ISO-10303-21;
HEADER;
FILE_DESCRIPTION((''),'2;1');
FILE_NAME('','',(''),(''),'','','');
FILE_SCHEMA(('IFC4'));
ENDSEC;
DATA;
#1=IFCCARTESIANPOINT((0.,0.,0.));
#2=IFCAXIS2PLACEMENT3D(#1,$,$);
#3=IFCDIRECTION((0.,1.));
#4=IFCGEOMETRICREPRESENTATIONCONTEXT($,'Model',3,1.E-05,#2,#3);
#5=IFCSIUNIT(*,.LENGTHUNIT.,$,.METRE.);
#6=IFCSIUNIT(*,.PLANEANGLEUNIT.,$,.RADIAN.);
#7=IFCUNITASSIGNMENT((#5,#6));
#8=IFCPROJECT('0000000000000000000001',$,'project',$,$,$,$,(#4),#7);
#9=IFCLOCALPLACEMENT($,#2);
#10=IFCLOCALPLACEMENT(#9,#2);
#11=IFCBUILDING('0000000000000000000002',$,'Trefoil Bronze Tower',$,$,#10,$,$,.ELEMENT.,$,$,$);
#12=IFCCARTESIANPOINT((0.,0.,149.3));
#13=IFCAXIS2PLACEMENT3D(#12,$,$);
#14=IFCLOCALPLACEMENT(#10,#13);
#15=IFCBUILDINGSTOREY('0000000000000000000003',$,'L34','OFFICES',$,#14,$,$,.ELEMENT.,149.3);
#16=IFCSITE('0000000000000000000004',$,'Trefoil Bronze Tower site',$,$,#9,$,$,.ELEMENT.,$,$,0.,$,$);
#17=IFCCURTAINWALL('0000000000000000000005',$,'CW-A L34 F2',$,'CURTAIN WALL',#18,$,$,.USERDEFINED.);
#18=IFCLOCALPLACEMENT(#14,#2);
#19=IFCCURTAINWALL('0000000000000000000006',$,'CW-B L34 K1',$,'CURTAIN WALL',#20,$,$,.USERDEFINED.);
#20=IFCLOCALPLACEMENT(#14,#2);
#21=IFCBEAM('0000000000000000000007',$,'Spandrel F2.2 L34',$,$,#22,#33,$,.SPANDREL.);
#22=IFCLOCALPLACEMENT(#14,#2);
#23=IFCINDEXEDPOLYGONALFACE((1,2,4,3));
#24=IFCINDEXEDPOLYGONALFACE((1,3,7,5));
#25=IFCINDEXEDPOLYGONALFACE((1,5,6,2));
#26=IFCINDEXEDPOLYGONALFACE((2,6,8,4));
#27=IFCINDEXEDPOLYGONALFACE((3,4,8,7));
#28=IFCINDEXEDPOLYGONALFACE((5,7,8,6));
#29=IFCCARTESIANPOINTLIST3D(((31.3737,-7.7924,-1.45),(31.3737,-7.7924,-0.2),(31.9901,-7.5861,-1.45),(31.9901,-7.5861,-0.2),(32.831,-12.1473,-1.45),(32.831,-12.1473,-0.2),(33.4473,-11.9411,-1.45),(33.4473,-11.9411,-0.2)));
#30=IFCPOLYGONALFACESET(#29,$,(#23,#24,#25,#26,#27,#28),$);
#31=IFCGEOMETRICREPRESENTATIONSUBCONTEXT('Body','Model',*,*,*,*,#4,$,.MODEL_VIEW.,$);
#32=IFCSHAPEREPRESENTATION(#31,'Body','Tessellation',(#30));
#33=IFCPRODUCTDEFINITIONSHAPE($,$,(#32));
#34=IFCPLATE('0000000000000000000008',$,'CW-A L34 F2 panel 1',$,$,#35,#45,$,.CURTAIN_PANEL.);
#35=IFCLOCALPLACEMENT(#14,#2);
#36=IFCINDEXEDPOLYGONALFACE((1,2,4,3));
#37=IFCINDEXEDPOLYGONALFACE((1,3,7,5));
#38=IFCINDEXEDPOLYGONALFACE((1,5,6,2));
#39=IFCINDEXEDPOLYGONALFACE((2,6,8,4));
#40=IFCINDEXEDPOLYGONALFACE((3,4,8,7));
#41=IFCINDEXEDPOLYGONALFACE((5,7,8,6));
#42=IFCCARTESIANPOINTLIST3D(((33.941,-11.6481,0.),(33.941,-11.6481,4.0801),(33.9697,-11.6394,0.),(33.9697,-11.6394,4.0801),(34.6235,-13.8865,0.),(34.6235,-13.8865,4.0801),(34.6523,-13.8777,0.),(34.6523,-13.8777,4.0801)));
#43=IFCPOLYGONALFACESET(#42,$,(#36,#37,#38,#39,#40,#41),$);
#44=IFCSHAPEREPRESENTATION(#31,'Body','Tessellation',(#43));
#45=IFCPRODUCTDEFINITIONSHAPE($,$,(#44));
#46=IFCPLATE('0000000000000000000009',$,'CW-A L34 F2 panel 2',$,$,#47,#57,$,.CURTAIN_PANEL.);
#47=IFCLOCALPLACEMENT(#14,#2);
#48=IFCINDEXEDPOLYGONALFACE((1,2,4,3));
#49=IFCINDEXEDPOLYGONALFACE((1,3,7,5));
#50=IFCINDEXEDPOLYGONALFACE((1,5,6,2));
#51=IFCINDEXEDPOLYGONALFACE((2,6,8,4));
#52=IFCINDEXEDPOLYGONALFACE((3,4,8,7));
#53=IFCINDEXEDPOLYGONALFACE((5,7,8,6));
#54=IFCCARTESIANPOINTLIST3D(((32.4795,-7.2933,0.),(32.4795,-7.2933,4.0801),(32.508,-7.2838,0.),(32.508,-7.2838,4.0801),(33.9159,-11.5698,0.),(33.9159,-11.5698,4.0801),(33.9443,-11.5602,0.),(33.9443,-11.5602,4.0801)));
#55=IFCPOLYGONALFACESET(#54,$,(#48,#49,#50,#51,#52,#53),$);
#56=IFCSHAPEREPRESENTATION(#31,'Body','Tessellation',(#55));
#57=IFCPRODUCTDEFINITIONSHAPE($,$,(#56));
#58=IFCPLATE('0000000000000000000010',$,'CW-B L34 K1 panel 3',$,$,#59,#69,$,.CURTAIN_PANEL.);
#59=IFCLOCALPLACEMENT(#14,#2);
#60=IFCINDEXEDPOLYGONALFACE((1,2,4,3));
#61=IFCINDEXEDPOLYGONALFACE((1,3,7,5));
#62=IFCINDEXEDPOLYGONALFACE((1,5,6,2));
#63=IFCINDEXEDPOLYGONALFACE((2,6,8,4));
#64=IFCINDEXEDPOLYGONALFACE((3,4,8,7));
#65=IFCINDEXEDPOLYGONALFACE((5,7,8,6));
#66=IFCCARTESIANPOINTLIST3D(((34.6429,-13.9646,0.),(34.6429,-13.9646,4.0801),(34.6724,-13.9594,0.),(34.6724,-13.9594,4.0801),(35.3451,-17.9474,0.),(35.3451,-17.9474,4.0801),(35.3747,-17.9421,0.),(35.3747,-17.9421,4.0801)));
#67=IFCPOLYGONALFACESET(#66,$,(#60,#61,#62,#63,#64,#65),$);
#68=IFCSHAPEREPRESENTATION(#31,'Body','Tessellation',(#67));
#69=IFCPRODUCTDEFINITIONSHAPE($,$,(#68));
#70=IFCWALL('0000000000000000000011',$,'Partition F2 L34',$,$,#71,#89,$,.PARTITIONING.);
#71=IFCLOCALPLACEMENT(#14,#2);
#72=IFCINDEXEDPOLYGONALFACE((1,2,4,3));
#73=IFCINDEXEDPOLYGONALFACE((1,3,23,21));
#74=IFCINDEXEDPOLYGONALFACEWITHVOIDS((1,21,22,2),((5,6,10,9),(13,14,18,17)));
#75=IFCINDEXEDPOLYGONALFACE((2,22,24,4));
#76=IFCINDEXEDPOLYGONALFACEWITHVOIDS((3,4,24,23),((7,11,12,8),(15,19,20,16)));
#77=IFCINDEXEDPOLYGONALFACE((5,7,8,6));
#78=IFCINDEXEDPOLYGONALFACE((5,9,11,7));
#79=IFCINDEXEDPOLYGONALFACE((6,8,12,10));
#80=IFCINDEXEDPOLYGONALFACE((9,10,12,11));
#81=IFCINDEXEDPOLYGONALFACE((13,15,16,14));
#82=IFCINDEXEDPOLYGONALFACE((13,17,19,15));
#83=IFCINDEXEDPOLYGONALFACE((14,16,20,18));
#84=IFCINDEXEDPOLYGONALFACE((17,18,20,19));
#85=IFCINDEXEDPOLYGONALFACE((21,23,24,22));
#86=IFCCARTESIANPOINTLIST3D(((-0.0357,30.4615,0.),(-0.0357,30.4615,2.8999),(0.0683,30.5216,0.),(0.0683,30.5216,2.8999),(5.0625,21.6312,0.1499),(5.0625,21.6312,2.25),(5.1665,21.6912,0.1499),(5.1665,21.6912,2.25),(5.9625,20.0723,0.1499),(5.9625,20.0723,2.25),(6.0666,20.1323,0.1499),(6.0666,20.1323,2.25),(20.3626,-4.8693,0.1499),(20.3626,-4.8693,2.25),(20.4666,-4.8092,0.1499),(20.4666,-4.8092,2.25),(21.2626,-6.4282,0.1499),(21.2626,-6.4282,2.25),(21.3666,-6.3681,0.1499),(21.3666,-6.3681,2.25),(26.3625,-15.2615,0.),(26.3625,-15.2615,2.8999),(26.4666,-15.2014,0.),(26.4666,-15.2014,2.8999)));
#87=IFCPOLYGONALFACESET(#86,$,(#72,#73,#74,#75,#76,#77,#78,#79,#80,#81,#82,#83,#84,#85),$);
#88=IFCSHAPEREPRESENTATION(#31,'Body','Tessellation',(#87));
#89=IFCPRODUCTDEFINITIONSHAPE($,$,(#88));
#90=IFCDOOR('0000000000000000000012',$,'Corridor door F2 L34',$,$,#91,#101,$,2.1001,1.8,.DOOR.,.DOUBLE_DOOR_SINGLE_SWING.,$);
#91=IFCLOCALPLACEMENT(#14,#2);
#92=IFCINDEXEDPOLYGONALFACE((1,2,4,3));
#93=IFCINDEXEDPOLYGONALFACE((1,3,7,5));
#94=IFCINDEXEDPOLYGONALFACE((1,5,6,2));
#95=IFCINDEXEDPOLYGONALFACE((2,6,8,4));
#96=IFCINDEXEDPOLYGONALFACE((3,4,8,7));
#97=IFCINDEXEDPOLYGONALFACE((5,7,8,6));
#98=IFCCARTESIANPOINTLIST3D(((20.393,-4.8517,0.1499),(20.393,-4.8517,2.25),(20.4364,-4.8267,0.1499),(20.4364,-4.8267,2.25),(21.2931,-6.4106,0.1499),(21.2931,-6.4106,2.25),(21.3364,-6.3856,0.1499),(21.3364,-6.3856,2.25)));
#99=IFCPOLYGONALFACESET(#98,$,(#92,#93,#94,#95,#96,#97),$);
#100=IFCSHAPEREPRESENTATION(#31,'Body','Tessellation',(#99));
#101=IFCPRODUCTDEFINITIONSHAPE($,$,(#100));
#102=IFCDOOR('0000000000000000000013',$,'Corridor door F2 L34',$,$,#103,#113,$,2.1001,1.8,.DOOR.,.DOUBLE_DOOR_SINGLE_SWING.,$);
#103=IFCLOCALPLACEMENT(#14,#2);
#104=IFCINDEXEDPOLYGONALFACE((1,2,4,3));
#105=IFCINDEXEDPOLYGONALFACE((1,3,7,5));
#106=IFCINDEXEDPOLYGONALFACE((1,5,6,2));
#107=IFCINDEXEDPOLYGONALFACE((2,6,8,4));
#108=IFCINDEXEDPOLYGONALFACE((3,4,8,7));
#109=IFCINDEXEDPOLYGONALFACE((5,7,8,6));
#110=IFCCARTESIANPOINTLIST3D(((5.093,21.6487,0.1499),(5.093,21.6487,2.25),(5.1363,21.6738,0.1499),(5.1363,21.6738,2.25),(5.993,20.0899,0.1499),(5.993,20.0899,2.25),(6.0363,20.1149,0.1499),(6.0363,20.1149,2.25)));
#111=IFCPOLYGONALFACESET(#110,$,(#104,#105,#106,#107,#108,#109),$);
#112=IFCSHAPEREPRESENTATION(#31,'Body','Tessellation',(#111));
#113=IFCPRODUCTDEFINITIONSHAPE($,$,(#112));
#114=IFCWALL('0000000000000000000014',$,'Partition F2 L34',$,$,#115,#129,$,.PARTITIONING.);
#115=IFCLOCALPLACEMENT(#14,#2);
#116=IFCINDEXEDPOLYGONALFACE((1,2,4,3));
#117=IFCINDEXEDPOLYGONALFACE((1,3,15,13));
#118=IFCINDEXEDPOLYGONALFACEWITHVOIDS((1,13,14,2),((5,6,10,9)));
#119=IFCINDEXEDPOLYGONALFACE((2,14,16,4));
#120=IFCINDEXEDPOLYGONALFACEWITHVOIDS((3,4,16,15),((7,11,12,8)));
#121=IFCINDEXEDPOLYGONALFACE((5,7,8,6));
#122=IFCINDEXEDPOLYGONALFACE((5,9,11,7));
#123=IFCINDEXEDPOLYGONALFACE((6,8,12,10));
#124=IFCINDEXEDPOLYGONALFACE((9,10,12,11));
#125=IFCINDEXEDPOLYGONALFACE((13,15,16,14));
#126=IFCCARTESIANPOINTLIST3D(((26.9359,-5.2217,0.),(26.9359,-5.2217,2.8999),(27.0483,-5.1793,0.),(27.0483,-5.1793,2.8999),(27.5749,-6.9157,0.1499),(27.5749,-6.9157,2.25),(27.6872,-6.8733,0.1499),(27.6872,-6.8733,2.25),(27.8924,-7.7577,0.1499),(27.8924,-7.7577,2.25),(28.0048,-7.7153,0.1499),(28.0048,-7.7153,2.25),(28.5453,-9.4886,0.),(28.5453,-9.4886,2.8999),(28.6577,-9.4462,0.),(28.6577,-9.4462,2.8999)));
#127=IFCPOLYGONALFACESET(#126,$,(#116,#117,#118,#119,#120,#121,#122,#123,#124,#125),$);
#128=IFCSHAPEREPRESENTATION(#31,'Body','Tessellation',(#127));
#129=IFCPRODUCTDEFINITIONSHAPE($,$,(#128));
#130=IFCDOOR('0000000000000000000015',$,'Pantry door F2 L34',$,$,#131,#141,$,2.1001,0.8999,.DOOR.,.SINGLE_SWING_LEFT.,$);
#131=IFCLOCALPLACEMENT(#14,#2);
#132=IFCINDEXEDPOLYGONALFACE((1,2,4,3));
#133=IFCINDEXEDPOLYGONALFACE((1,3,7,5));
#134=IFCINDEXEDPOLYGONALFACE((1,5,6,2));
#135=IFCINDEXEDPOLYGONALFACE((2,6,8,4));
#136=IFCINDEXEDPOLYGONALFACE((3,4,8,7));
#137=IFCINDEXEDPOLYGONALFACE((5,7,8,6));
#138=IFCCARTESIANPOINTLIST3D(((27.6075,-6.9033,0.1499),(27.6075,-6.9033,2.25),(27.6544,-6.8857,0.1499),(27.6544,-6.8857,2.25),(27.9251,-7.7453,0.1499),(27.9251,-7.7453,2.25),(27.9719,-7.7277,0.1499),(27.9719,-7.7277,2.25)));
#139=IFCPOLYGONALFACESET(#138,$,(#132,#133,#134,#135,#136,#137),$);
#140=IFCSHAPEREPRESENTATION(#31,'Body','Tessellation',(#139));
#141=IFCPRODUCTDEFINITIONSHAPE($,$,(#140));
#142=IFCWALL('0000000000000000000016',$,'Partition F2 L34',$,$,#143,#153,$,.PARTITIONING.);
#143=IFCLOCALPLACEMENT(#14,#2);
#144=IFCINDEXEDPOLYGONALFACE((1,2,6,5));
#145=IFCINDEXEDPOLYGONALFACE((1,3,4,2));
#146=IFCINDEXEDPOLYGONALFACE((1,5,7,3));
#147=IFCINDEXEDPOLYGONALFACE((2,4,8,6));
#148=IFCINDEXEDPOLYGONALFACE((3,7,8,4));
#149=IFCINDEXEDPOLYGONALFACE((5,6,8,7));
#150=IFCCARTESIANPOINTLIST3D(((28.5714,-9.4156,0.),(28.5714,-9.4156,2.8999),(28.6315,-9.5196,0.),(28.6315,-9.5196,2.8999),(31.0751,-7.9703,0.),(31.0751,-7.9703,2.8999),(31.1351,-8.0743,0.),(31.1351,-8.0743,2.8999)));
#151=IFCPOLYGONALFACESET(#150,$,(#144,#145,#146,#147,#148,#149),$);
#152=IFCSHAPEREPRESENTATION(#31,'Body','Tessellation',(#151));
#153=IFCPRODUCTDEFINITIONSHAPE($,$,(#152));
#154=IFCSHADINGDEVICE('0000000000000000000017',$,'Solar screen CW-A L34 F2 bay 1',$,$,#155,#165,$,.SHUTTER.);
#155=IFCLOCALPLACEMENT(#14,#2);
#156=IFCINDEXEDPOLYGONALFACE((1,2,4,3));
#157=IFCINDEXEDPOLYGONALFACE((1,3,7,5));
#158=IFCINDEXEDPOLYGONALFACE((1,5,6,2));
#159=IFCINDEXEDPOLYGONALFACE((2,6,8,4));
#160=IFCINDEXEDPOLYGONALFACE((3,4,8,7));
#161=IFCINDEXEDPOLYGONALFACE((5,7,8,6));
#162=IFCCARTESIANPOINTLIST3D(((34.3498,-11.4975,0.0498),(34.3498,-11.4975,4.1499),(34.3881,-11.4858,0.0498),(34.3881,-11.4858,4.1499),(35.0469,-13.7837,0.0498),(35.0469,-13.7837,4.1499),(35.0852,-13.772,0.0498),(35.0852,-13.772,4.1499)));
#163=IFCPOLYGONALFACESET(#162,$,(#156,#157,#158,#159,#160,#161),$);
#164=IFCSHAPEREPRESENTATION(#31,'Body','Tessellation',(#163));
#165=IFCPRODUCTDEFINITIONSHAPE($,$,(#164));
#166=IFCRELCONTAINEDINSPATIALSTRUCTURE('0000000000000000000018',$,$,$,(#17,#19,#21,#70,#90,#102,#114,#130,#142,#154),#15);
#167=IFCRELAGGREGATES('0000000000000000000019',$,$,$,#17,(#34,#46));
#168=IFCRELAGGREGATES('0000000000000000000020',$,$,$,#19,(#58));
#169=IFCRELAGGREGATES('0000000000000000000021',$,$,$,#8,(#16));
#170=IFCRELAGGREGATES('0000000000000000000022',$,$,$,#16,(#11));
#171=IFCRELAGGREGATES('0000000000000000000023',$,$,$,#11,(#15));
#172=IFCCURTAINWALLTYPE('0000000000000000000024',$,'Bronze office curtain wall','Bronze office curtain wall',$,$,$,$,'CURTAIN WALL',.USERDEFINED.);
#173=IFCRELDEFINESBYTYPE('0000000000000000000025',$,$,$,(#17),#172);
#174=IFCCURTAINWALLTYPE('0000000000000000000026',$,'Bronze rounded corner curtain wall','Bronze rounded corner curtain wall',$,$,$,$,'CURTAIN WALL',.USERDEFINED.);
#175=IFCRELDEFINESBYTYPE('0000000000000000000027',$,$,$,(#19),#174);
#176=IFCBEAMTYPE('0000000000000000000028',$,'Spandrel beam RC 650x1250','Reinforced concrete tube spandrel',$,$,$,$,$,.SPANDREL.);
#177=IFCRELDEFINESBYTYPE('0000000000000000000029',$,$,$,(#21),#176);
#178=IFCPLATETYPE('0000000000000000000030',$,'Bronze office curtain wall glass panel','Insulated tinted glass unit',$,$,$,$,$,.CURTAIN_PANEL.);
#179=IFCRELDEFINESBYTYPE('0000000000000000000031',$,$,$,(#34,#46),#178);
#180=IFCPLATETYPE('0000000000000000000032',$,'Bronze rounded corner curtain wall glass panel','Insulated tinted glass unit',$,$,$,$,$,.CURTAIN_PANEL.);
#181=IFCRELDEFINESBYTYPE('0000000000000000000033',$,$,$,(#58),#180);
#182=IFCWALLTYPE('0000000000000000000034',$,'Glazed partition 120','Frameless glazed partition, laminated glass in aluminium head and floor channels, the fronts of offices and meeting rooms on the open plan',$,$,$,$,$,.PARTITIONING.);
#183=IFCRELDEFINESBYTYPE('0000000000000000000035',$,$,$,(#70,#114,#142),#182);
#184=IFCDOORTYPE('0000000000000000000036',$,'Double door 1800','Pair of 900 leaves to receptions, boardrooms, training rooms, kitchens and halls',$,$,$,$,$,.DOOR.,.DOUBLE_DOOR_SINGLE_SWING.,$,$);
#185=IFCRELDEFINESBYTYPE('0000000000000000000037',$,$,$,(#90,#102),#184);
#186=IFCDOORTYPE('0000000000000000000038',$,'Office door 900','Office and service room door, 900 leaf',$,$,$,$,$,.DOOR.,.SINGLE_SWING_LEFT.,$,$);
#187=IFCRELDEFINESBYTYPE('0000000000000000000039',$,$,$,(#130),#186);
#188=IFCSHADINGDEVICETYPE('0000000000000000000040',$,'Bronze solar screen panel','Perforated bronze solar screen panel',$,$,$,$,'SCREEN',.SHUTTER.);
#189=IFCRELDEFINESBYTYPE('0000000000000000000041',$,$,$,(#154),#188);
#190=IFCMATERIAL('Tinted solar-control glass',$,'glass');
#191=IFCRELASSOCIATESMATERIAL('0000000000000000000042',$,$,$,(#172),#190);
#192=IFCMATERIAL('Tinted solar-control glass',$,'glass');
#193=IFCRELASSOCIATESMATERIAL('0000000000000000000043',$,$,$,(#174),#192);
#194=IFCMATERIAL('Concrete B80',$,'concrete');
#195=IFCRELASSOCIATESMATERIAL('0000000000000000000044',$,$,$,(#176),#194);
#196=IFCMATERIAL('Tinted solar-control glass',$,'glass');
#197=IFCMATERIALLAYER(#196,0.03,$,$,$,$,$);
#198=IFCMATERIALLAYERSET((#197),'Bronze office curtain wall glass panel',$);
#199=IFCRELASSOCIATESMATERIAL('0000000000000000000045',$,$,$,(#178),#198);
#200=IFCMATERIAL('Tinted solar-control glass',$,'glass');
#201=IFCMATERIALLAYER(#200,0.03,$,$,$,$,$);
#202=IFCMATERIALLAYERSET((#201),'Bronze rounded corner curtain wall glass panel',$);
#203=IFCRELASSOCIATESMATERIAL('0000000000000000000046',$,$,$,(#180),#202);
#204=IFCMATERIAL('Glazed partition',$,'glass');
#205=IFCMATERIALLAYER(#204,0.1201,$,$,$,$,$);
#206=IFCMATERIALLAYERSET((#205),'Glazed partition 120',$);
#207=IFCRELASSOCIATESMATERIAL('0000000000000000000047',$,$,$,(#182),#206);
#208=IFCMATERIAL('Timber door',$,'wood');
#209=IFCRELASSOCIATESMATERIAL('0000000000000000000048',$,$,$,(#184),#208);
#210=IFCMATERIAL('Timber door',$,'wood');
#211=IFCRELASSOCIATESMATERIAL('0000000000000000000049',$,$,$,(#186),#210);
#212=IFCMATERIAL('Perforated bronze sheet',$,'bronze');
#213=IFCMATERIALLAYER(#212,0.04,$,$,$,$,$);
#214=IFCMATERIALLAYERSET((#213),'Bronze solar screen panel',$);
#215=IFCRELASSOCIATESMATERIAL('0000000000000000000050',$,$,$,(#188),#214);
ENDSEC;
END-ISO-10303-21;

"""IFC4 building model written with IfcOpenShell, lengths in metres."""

from ifc_helpers import new_model, si_unit, direction, frame, frame_2d, origin, origin_2d, place, context, subcontext, project, spatial, rectangle, extrude, material, layer, layer_set, material_profile, profile_set, type_object, element, fill, aggregate, save


model = new_model("IFC4")

# Units and contexts
model_context = context("Model", 3, precision=1e-05, world=origin(), true_north=direction((0.0, 1.0)))
body_context = subcontext(model_context, "Body", "Model", "MODEL_VIEW")
ifc_project = project(units=[si_unit("LENGTHUNIT", "METRE"), si_unit("PLANEANGLEUNIT", "RADIAN")], contexts=[model_context])

# Site, building, storey
site_placement = place(None, origin())
site = spatial("IfcSite", under=ifc_project, at=site_placement, Name="Trefoil Bronze Tower site", CompositionType="ELEMENT", RefElevation=0.0)
building_placement = place(site_placement, origin())
building = spatial("IfcBuilding", under=site, at=building_placement, Name="Trefoil Bronze Tower", CompositionType="ELEMENT")
storey_placement = place(building_placement, frame((0.0, 0.0, 149.3)))
storey = spatial("IfcBuildingStorey", under=building, at=storey_placement, Name="L34", Description="OFFICES", CompositionType="ELEMENT", Elevation=149.3)

# Curtain wall
ifc_material_1 = material(Name="Tinted solar-control glass", Category="glass")
curtain_wall_type_1 = type_object("IfcCurtainWallType", Name="Bronze office curtain wall", Description="Bronze office curtain wall", ElementType="CURTAIN WALL", PredefinedType="USERDEFINED", material=ifc_material_1)
curtain_wall_1_placement = place(storey_placement, origin())
curtain_wall_1 = element("IfcCurtainWall", 1, at=curtain_wall_1_placement, inside=storey, type_object=curtain_wall_type_1, Name="CW-A L34 F2", ObjectType="CURTAIN WALL", PredefinedType="USERDEFINED")

# Curtain wall
ifc_material_2 = material(Name="Tinted solar-control glass", Category="glass")
curtain_wall_type_2 = type_object("IfcCurtainWallType", Name="Bronze rounded corner curtain wall", Description="Bronze rounded corner curtain wall", ElementType="CURTAIN WALL", PredefinedType="USERDEFINED", material=ifc_material_2)
curtain_wall_2_placement = place(storey_placement, origin())
curtain_wall_2 = element("IfcCurtainWall", 2, at=curtain_wall_2_placement, inside=storey, type_object=curtain_wall_type_2, Name="CW-B L34 K1", ObjectType="CURTAIN WALL", PredefinedType="USERDEFINED")

# Beam
ifc_material_3 = material(Name="Concrete B80", Category="concrete")
ifc_material_profile_1 = material_profile(ifc_material_3, rectangle(XDim=0.6499, YDim=1.25, at=origin_2d()), Name="RC 650x1250")
ifc_profile_set_1 = profile_set([ifc_material_profile_1], Name="Concrete B80")
beam_type_1 = type_object("IfcBeamType", Name="Spandrel beam RC 650x1250", Description="Reinforced concrete tube spandrel", PredefinedType="SPANDREL", material=ifc_profile_set_1)
beam_1_placement = place(storey_placement, frame((33.1392, -12.0442, -0.825), z_axis=(-0.317328, 0.948316, 0.0), x_axis=(-0.948316, -0.317328, 0.0)))
element("IfcBeam", 3, at=beam_1_placement, inside=storey, type_object=beam_type_1, Name="Spandrel F2.2 L34", PredefinedType="SPANDREL", context=body_context, shape_type="SweptSolid", body=[
    extrude(rectangle(XDim=0.6499, YDim=1.25, at=origin_2d()), origin(), (0.0, 0.0, 1.0), 4.5923),
])

# Plates
ifc_material_4 = material(Name="Tinted solar-control glass", Category="glass")
ifc_layer_1 = layer(ifc_material_4, 0.03)
ifc_layer_set_1 = layer_set([ifc_layer_1], Name="Bronze office curtain wall glass panel")
plate_type_1 = type_object("IfcPlateType", Name="Bronze office curtain wall glass panel", Description="Insulated tinted glass unit", PredefinedType="CURTAIN_PANEL", material=ifc_layer_set_1)
plate_1_placement = place(storey_placement, frame((34.2966, -12.7629, 0.0), z_axis=(0.0, 0.0, 1.0), x_axis=(-0.291669, 0.956519, 0.0)))
plate_1 = element("IfcPlate", 4, at=plate_1_placement, type_object=plate_type_1, Name="CW-A L34 F2 panel 1", PredefinedType="CURTAIN_PANEL", context=body_context, shape_type="SweptSolid", body=[
    extrude(rectangle(XDim=2.3401, YDim=0.03, at=origin_2d()), origin(), (0.0, 0.0, 1.0), 4.0801),
])
plate_2_placement = place(storey_placement, frame((33.2119, -9.4268, 0.0), z_axis=(0.0, 0.0, 1.0), x_axis=(-0.318404, 0.947955, 0.0)))
plate_2 = element("IfcPlate", 5, at=plate_2_placement, type_object=plate_type_1, Name="CW-A L34 F2 panel 2", PredefinedType="CURTAIN_PANEL", context=body_context, shape_type="SweptSolid", body=[
    extrude(rectangle(XDim=4.5112, YDim=0.03, at=origin_2d()), origin(), (0.0, 0.0, 1.0), 4.0801),
])
aggregate(curtain_wall_1, [plate_1, plate_2])
ifc_material_5 = material(Name="Tinted solar-control glass", Category="glass")
ifc_layer_2 = layer(ifc_material_5, 0.03)
ifc_layer_set_2 = layer_set([ifc_layer_2], Name="Bronze rounded corner curtain wall glass panel")
plate_type_2 = type_object("IfcPlateType", Name="Bronze rounded corner curtain wall glass panel", Description="Insulated tinted glass unit", PredefinedType="CURTAIN_PANEL", material=ifc_layer_set_2)
plate_3_placement = place(storey_placement, frame((35.0088, -15.9534, 0.0), z_axis=(0.0, 0.0, 1.0), x_axis=(-0.173648, 0.984808, 0.0)))
plate_3 = element("IfcPlate", 6, at=plate_3_placement, type_object=plate_type_2, Name="CW-B L34 K1 panel 3", PredefinedType="CURTAIN_PANEL", context=body_context, shape_type="SweptSolid", body=[
    extrude(rectangle(XDim=4.0442, YDim=0.03, at=origin_2d()), origin(), (0.0, 0.0, 1.0), 4.0801),
])
aggregate(curtain_wall_2, [plate_3])

# Wall, openings, doors
ifc_material_6 = material(Name="Glazed partition", Category="glass")
ifc_layer_3 = layer(ifc_material_6, 0.1201)
ifc_layer_set_3 = layer_set([ifc_layer_3], Name="Glazed partition 120")
wall_type = type_object("IfcWallType", Name="Glazed partition 120", Description="Frameless glazed partition, laminated glass in aluminium head and floor channels, the fronts of offices and meeting rooms on the open plan", PredefinedType="PARTITIONING", material=ifc_layer_set_3)
wall_1_placement = place(storey_placement, frame((26.4146, -15.2314, 0.0), z_axis=(0.0, 0.0, 1.0), x_axis=(-0.500001, 0.866025, 0.0)))
wall_1 = element("IfcWall", 7, at=wall_1_placement, inside=storey, type_object=wall_type, Name="Partition F2 L34", PredefinedType="PARTITIONING", context=body_context, shape_type="SweptSolid", body=[
    extrude(rectangle(XDim=52.7964, YDim=0.1201, at=frame_2d((26.3982, 0.0))), origin(), (0.0, 0.0, 1.0), 2.8999),
])
opening_1_placement = place(wall_1_placement, frame((10.2, 0.0, 0.1499)))
opening_1 = element("IfcOpeningElement", 8, at=opening_1_placement, cuts=wall_1, PredefinedType="OPENING", context=body_context, shape_type="SweptSolid", body=[
    extrude(rectangle(XDim=1.8, YDim=2.1001, at=frame_2d((0.8999, 1.05))), frame((0.0, 0.0701, 0.0), z_axis=(0.0, -1.0, 0.0), x_axis=(1.0, 0.0, 0.0)), (0.0, 0.0, 1.0), 0.1401),
])
opening_2_placement = place(wall_1_placement, frame((40.8, 0.0, 0.1499)))
opening_2 = element("IfcOpeningElement", 9, at=opening_2_placement, cuts=wall_1, PredefinedType="OPENING", context=body_context, shape_type="SweptSolid", body=[
    extrude(rectangle(XDim=1.8, YDim=2.1001, at=frame_2d((0.8999, 1.05))), frame((0.0, 0.0701, 0.0), z_axis=(0.0, -1.0, 0.0), x_axis=(1.0, 0.0, 0.0)), (0.0, 0.0, 1.0), 0.1401),
])
ifc_material_7 = material(Name="Timber door", Category="wood")
door_type_1 = type_object("IfcDoorType", Name="Double door 1800", Description="Pair of 900 leaves to receptions, boardrooms, training rooms, kitchens and halls", OperationType="DOUBLE_DOOR_SINGLE_SWING", PredefinedType="DOOR", material=ifc_material_7)
door_1_placement = place(opening_1_placement, origin())
door_1 = element("IfcDoor", 10, at=door_1_placement, inside=storey, type_object=door_type_1, Name="Corridor door F2 L34", OperationType="DOUBLE_DOOR_SINGLE_SWING", OverallHeight=2.1001, OverallWidth=1.8, PredefinedType="DOOR", context=body_context, shape_type="SweptSolid", body=[
    extrude(rectangle(XDim=1.8, YDim=2.1001, at=frame_2d((0.8999, 1.05))), frame((0.0, 0.0249, 0.0), z_axis=(0.0, -1.0, 0.0), x_axis=(1.0, 0.0, 0.0)), (0.0, 0.0, 1.0), 0.05),
])
fill(opening_1, door_1)
door_2_placement = place(opening_2_placement, origin())
door_2 = element("IfcDoor", 11, at=door_2_placement, inside=storey, type_object=door_type_1, Name="Corridor door F2 L34", OperationType="DOUBLE_DOOR_SINGLE_SWING", OverallHeight=2.1001, OverallWidth=1.8, PredefinedType="DOOR", context=body_context, shape_type="SweptSolid", body=[
    extrude(rectangle(XDim=1.8, YDim=2.1001, at=frame_2d((0.8999, 1.05))), frame((0.0, 0.0249, 0.0), z_axis=(0.0, -1.0, 0.0), x_axis=(1.0, 0.0, 0.0)), (0.0, 0.0, 1.0), 0.05),
])
fill(opening_2, door_2)

# Wall, opening, door
wall_2_placement = place(storey_placement, frame((28.6016, -9.4675, 0.0), z_axis=(0.0, 0.0, 1.0), x_axis=(-0.352912, 0.935656, 0.0)))
wall_2 = element("IfcWall", 12, at=wall_2_placement, inside=storey, type_object=wall_type, Name="Partition F2 L34", PredefinedType="PARTITIONING", context=body_context, shape_type="SweptSolid", body=[
    extrude(rectangle(XDim=4.5603, YDim=0.1201, at=frame_2d((2.2803, 0.0))), origin(), (0.0, 0.0, 1.0), 2.8999),
])
opening_3_placement = place(wall_2_placement, frame((1.8501, 0.0, 0.1499)))
opening_3 = element("IfcOpeningElement", 13, at=opening_3_placement, cuts=wall_2, PredefinedType="OPENING", context=body_context, shape_type="SweptSolid", body=[
    extrude(rectangle(XDim=0.8999, YDim=2.1001, at=frame_2d((0.45, 1.05))), frame((0.0, 0.0701, 0.0), z_axis=(0.0, -1.0, 0.0), x_axis=(1.0, 0.0, 0.0)), (0.0, 0.0, 1.0), 0.1401),
])
ifc_material_8 = material(Name="Timber door", Category="wood")
door_type_2 = type_object("IfcDoorType", Name="Office door 900", Description="Office and service room door, 900 leaf", OperationType="SINGLE_SWING_LEFT", PredefinedType="DOOR", material=ifc_material_8)
door_3_placement = place(opening_3_placement, frame((0.8999, 0.0, 0.0), z_axis=(0.0, 0.0, 1.0), x_axis=(-1.0, 0.0, 0.0)))
door_3 = element("IfcDoor", 14, at=door_3_placement, inside=storey, type_object=door_type_2, Name="Pantry door F2 L34", OperationType="SINGLE_SWING_LEFT", OverallHeight=2.1001, OverallWidth=0.8999, PredefinedType="DOOR", context=body_context, shape_type="SweptSolid", body=[
    extrude(rectangle(XDim=0.8999, YDim=2.1001, at=frame_2d((0.45, 1.05))), frame((0.0, 0.0249, 0.0), z_axis=(0.0, -1.0, 0.0), x_axis=(1.0, 0.0, 0.0)), (0.0, 0.0, 1.0), 0.05),
])
fill(opening_3, door_3)

# Wall
wall_3_placement = place(storey_placement, frame((28.6016, -9.4675, 0.0), z_axis=(0.0, 0.0, 1.0), x_axis=(0.866052, 0.499954, 0.0)))
element("IfcWall", 15, at=wall_3_placement, inside=storey, type_object=wall_type, Name="Partition F2 L34", PredefinedType="PARTITIONING", context=body_context, shape_type="SweptSolid", body=[
    extrude(rectangle(XDim=2.8909, YDim=0.1201, at=frame_2d((1.4453, 0.0))), origin(), (0.0, 0.0, 1.0), 2.8999),
])

# Shading device
ifc_material_9 = material(Name="Perforated bronze sheet", Category="bronze")
ifc_layer_4 = layer(ifc_material_9, 0.04)
ifc_layer_set_4 = layer_set([ifc_layer_4], Name="Bronze solar screen panel")
shading_device_type = type_object("IfcShadingDeviceType", Name="Bronze solar screen panel", Description="Perforated bronze solar screen panel", ElementType="SCREEN", PredefinedType="SHUTTER", material=ifc_layer_set_4)
shading_device_1_placement = place(storey_placement, frame((34.7175, -12.6348, 0.0498), z_axis=(0.0, 0.0, 1.0), x_axis=(-0.291669, 0.956519, 0.0)))
element("IfcShadingDevice", 16, at=shading_device_1_placement, inside=storey, type_object=shading_device_type, Name="Solar screen CW-A L34 F2 bay 1", PredefinedType="SHUTTER", context=body_context, shape_type="SweptSolid", body=[
    extrude(rectangle(XDim=2.3901, YDim=0.04, at=origin_2d()), origin(), (0.0, 0.0, 1.0), 4.1001),
])

save(model, "model.ifc")
